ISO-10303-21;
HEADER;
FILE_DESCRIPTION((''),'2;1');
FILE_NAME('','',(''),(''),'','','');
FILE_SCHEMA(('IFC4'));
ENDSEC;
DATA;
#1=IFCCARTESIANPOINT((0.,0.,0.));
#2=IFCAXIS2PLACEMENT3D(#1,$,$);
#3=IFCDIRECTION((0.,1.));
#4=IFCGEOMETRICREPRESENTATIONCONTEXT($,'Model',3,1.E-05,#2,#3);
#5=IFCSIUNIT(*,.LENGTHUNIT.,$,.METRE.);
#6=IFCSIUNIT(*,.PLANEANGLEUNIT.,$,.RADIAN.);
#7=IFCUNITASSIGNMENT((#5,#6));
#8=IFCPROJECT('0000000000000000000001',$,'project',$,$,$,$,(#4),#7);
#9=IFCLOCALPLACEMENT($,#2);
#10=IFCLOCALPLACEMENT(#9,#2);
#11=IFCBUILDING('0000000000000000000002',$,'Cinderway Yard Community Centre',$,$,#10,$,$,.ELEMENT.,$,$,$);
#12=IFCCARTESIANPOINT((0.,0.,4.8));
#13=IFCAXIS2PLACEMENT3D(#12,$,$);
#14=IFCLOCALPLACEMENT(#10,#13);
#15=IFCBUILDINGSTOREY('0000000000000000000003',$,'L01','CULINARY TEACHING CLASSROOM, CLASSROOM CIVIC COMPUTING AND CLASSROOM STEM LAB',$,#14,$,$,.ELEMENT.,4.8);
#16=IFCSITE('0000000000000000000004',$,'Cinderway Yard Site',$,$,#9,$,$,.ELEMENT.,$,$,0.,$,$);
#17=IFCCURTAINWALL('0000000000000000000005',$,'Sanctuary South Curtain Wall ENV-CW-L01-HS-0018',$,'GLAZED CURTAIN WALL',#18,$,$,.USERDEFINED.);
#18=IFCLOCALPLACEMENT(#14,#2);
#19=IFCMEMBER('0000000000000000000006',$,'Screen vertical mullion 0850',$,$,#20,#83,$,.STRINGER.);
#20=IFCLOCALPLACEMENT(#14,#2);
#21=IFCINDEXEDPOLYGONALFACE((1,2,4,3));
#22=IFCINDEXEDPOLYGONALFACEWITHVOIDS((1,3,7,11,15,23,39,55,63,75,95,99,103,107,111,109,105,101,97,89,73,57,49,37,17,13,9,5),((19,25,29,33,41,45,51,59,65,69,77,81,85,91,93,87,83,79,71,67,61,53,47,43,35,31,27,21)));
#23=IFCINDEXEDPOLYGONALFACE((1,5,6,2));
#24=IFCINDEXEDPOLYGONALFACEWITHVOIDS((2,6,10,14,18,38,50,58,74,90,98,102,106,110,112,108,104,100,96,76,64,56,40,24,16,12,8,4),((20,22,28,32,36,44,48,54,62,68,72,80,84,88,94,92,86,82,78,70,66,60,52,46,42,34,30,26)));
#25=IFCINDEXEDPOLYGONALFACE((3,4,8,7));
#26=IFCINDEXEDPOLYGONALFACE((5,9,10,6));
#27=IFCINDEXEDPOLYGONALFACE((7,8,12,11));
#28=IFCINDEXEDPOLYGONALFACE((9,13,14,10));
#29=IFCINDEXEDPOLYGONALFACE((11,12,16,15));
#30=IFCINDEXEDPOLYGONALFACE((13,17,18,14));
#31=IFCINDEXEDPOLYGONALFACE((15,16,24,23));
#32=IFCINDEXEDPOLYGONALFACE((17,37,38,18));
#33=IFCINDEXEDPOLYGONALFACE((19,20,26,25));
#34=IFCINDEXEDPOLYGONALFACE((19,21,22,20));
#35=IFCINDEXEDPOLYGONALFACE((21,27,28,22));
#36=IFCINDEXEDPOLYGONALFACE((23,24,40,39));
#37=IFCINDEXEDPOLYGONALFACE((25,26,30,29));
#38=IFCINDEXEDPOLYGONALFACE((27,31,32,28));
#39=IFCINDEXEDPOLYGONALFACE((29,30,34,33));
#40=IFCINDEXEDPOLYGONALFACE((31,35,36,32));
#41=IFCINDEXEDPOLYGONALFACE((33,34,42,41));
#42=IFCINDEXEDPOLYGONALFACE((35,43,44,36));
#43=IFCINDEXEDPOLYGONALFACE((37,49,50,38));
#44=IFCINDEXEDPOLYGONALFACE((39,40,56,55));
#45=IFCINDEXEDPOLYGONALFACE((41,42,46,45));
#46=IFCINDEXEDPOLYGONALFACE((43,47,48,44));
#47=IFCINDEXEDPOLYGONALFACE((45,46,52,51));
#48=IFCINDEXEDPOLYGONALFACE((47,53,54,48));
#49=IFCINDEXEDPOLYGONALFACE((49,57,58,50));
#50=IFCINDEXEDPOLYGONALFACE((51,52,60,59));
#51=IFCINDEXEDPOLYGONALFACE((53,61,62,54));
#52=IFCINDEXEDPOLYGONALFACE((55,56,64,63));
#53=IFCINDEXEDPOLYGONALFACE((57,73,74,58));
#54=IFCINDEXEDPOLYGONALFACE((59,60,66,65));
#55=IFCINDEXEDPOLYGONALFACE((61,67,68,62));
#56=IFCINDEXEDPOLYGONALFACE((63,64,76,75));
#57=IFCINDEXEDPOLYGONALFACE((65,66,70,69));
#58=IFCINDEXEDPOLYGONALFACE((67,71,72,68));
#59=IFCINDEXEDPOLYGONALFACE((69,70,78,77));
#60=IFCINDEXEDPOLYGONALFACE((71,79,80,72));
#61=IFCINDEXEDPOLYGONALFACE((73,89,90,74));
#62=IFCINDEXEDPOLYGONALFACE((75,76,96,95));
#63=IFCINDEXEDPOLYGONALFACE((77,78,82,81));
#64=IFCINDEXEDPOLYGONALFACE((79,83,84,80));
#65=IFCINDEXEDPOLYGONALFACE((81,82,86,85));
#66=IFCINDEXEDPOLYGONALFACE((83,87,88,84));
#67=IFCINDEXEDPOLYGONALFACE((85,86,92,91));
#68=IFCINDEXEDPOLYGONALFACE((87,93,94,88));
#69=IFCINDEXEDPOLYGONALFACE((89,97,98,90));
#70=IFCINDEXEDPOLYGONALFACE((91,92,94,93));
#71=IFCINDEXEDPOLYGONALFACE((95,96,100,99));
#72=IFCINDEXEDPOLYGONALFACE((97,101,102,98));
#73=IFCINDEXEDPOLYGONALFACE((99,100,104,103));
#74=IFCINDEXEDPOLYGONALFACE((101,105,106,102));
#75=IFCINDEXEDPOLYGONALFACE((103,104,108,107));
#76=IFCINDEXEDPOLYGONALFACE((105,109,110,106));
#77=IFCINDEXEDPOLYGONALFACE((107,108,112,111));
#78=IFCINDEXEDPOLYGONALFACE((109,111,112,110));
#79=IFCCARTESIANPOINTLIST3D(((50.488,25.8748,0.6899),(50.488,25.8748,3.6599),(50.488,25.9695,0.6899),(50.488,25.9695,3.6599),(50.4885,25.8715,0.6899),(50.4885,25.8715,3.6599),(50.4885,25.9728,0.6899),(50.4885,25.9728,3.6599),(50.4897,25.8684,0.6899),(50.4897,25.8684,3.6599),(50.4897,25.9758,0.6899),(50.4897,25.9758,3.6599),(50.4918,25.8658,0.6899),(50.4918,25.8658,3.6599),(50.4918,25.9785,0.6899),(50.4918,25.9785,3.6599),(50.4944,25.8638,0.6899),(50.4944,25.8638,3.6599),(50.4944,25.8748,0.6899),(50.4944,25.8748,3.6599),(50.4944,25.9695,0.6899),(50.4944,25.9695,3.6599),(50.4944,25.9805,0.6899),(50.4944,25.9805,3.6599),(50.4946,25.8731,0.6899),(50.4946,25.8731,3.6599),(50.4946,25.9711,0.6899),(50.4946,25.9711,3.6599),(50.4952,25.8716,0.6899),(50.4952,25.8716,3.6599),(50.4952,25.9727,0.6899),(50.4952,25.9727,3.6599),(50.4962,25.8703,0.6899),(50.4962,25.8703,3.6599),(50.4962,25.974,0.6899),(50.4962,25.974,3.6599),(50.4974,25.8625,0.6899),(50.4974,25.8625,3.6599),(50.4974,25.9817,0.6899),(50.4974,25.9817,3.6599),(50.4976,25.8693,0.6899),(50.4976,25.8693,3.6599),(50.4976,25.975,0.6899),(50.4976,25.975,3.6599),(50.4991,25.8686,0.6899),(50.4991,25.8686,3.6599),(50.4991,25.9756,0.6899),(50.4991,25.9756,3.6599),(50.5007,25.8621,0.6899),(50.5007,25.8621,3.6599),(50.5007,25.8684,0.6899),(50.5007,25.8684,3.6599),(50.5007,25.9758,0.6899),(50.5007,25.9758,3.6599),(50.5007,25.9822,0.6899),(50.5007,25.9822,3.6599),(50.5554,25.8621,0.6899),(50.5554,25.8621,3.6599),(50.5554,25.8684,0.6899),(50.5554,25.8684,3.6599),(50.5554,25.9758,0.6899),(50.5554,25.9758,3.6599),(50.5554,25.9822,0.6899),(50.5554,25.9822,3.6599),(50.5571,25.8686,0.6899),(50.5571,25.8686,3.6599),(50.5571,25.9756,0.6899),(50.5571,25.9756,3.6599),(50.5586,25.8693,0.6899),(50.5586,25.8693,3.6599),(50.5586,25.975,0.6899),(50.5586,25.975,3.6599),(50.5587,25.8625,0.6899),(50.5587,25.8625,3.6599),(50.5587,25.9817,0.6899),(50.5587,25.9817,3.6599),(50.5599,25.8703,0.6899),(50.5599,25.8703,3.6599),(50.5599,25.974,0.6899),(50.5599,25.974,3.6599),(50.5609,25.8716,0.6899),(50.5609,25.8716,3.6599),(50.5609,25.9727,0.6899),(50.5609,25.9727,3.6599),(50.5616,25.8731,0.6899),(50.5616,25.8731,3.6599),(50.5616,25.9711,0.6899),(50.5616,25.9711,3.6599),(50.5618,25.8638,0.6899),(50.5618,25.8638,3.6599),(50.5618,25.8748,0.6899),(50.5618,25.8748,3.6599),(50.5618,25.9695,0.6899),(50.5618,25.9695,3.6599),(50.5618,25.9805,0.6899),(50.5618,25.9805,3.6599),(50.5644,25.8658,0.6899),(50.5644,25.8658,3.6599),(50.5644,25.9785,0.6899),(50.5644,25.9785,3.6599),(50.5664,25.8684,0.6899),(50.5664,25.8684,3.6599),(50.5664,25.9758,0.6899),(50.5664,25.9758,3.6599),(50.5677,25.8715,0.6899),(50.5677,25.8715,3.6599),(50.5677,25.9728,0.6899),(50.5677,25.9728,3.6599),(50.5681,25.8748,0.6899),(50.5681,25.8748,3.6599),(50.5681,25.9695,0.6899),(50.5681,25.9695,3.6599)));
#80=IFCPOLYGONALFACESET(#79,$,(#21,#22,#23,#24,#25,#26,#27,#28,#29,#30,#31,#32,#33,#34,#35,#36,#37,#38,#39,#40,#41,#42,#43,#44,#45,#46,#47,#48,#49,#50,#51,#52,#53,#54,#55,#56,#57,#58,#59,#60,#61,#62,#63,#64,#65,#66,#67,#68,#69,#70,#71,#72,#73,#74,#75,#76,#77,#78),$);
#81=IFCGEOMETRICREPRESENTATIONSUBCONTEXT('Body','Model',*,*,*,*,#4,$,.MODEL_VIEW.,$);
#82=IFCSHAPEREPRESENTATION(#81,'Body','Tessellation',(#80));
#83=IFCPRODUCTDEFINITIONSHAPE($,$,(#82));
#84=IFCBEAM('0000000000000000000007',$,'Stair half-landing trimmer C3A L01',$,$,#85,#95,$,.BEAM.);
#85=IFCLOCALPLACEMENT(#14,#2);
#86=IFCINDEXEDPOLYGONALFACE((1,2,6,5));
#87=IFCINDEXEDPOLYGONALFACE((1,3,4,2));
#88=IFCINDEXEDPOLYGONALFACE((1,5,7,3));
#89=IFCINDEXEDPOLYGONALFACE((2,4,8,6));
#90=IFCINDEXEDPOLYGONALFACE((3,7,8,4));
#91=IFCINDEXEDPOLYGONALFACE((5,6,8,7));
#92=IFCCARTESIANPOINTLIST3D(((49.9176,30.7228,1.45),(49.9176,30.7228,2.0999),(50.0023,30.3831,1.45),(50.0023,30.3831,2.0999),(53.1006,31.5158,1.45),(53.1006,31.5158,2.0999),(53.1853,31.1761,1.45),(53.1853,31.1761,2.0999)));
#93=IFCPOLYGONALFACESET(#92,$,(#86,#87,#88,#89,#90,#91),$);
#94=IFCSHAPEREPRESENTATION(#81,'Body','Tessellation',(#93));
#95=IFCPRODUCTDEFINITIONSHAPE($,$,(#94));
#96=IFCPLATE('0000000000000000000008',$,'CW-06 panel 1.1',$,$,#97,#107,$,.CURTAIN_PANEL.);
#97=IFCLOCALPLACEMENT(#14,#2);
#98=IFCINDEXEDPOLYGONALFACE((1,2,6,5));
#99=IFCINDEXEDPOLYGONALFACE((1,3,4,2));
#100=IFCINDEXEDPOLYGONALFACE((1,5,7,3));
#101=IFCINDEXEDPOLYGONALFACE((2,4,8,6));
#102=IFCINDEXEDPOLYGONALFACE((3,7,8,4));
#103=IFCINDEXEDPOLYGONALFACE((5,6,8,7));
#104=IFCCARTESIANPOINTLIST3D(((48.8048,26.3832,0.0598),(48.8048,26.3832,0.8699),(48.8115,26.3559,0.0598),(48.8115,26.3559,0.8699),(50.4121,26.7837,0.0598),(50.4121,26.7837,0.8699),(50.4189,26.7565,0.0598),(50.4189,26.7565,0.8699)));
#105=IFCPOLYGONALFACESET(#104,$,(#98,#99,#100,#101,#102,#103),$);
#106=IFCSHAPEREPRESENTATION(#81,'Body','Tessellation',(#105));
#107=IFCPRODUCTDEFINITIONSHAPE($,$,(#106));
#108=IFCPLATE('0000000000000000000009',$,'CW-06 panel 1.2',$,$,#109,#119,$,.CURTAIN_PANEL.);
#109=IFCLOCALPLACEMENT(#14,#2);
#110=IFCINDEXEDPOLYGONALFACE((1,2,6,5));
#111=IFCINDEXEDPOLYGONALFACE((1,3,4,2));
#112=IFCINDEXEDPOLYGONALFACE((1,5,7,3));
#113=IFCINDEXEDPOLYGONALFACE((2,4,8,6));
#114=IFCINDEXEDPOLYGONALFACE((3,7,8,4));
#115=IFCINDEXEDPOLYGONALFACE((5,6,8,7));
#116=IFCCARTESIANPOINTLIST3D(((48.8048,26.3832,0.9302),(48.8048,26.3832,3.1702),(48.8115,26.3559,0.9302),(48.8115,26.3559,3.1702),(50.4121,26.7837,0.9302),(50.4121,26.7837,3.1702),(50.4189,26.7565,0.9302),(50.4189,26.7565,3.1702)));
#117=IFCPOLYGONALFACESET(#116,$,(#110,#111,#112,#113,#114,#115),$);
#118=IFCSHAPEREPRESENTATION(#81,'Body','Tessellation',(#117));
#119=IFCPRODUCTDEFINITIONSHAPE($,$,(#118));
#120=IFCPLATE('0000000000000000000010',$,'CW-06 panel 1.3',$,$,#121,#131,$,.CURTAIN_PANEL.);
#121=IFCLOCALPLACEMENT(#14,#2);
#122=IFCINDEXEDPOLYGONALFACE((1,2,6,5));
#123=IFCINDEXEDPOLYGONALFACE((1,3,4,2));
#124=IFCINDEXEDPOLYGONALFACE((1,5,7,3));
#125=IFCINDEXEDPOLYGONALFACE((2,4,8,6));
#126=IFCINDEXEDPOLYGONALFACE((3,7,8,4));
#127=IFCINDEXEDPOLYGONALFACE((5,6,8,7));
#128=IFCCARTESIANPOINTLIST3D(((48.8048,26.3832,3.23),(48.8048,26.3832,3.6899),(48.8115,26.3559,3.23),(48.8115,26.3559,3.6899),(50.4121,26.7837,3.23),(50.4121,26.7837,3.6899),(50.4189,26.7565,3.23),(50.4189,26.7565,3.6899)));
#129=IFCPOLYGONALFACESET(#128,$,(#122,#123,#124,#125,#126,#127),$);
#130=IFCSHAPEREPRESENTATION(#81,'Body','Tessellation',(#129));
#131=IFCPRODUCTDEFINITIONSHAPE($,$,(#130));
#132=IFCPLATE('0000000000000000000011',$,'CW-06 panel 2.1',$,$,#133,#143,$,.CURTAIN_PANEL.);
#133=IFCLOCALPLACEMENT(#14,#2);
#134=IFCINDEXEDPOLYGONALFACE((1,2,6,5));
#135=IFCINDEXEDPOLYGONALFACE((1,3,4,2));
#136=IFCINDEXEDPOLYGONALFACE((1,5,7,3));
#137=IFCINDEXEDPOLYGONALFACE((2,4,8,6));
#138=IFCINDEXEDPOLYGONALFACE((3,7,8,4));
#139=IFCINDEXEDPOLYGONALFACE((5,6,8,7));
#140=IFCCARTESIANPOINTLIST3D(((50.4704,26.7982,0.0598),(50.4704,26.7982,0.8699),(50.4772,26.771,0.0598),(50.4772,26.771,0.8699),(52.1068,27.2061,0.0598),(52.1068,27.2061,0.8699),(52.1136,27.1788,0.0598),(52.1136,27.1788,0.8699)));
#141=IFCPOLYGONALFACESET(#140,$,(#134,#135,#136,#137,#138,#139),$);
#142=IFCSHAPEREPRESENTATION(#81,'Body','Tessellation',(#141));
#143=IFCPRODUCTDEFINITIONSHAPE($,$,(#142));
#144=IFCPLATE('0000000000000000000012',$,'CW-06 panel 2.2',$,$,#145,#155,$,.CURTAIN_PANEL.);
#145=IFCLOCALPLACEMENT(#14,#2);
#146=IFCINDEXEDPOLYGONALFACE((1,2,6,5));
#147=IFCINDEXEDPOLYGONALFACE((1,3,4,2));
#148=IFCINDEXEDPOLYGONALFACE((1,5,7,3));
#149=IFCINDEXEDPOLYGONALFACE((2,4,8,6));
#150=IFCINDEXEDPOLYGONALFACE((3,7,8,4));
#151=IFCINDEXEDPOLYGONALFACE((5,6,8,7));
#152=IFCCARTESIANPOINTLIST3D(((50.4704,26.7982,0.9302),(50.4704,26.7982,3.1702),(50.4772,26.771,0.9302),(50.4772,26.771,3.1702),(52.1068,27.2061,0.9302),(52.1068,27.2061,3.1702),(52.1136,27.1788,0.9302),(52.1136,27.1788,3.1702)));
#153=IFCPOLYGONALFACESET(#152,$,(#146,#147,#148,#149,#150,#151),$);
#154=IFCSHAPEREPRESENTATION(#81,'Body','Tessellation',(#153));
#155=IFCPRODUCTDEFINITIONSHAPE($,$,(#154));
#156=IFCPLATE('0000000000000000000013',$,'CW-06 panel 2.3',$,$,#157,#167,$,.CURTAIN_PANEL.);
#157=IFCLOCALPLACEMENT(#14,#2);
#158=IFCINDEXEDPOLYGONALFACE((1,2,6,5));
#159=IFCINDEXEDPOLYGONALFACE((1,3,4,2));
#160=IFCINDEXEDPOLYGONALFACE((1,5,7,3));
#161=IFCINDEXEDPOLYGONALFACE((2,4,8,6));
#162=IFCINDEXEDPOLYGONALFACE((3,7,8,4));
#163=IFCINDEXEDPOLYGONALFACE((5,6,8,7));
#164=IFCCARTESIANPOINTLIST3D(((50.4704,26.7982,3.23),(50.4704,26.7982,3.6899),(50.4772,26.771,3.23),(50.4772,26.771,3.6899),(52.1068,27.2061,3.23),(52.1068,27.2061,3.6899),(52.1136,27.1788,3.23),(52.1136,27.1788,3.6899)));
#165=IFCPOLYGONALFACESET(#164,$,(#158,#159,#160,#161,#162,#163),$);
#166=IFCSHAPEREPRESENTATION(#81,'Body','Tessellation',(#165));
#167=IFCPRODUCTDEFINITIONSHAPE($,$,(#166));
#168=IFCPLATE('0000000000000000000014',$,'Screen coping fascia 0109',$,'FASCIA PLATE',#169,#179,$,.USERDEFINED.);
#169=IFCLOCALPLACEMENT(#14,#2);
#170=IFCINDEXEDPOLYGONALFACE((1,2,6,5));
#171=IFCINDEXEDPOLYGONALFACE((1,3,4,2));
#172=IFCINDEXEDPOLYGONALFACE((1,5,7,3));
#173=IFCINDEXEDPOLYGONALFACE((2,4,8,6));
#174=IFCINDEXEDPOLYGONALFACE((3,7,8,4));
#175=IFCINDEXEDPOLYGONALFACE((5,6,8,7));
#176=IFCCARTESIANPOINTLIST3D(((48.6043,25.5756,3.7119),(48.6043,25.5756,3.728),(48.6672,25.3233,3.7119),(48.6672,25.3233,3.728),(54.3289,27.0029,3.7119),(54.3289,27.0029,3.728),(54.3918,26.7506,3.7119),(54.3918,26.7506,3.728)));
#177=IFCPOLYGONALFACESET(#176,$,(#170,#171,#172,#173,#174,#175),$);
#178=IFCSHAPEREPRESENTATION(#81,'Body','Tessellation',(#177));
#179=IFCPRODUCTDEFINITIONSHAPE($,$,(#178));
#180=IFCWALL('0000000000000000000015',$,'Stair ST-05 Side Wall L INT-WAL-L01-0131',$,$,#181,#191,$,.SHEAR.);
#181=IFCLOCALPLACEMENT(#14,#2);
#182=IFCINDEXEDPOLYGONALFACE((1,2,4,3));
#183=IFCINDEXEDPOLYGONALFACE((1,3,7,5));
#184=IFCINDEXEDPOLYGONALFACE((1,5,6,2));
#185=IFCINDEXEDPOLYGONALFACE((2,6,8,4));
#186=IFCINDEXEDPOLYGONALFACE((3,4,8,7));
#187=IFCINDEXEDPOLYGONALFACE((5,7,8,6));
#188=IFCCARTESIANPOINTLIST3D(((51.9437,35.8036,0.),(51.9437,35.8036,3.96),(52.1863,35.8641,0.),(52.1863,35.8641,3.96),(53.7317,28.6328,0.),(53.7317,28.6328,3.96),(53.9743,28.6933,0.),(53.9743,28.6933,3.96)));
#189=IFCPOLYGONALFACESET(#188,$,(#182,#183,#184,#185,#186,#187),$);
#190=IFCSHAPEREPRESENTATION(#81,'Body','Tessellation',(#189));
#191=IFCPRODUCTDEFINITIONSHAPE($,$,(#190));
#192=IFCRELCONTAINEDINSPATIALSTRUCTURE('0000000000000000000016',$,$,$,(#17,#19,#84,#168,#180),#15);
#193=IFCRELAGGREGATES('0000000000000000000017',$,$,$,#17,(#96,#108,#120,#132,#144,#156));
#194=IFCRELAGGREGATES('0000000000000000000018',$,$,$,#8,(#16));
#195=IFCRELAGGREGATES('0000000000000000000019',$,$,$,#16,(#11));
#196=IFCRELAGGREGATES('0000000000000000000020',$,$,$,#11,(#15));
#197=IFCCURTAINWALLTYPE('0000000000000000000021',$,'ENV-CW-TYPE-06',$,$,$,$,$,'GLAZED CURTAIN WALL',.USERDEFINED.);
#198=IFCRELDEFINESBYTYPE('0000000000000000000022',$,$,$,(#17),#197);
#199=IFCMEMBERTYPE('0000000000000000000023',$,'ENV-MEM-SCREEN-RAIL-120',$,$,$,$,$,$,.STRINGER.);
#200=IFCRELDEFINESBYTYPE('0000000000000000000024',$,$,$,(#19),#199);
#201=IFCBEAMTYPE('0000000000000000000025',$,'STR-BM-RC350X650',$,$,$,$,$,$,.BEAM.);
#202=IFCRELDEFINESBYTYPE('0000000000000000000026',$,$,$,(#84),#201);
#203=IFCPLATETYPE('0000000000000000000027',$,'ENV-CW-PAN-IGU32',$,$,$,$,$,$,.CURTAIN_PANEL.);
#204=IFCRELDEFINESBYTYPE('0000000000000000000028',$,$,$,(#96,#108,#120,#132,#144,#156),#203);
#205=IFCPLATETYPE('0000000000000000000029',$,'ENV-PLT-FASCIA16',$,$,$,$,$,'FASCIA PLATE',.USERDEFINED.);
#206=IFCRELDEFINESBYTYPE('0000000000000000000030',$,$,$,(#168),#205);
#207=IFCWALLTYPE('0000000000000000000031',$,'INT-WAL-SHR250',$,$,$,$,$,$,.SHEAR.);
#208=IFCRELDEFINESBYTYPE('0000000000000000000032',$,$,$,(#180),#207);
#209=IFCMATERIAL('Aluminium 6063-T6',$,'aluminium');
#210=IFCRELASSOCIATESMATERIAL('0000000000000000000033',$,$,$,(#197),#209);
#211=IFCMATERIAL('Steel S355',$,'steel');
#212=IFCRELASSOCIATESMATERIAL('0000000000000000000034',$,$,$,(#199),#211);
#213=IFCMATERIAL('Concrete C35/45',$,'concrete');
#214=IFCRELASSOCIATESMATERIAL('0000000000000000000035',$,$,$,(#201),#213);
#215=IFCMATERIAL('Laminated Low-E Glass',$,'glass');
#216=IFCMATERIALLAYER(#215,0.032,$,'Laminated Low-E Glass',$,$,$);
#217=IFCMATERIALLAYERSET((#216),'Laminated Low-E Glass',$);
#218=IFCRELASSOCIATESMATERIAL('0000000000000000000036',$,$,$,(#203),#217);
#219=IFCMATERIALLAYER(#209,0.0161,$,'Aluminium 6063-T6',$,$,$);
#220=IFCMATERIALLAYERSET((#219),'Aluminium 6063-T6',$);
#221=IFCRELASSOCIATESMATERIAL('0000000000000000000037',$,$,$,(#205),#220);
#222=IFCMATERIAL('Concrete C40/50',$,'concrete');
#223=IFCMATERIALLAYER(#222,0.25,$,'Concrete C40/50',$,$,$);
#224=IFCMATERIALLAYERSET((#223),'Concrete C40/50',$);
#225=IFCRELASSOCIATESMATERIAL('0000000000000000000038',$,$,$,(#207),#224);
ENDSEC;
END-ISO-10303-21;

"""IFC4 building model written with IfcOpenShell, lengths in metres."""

from ifc_helpers import new_model, si_unit, direction, frame, frame_2d, origin, origin_2d, place, context, subcontext, project, spatial, rectangle, hollow_rectangle, extrude, material, layer, layer_set, material_profile, profile_set, type_object, element, aggregate, save


model = new_model("IFC4")

# Units and contexts
model_context = context("Model", 3, precision=1e-05, world=origin(), true_north=direction((0.0, 1.0)))
body_context = subcontext(model_context, "Body", "Model", "MODEL_VIEW")
ifc_project = project(units=[si_unit("LENGTHUNIT", "METRE"), si_unit("PLANEANGLEUNIT", "RADIAN")], contexts=[model_context])

# Site, building, storey
site_placement = place(None, origin())
site = spatial("IfcSite", under=ifc_project, at=site_placement, Name="Cinderway Yard Site", CompositionType="ELEMENT", RefElevation=0.0)
building_placement = place(site_placement, origin())
building = spatial("IfcBuilding", under=site, at=building_placement, Name="Cinderway Yard Community Centre", CompositionType="ELEMENT")
storey_placement = place(building_placement, frame((0.0, 0.0, 4.8)))
storey = spatial("IfcBuildingStorey", under=building, at=storey_placement, Name="L01", Description="CULINARY TEACHING CLASSROOM, CLASSROOM CIVIC COMPUTING AND CLASSROOM STEM LAB", CompositionType="ELEMENT", Elevation=4.8)

# Curtain wall
ifc_material_1 = material(Name="Aluminium 6063-T6", Category="aluminium")
curtain_wall_type = type_object("IfcCurtainWallType", Name="ENV-CW-TYPE-06", ElementType="GLAZED CURTAIN WALL", PredefinedType="USERDEFINED", material=ifc_material_1)
curtain_wall_placement = place(storey_placement, origin())
curtain_wall = element("IfcCurtainWall", 1, at=curtain_wall_placement, inside=storey, type_object=curtain_wall_type, Name="Sanctuary South Curtain Wall ENV-CW-L01-HS-0018", ObjectType="GLAZED CURTAIN WALL", PredefinedType="USERDEFINED")

# Member
ifc_material_2 = material(Name="Steel S355", Category="steel")
ifc_material_profile_1 = material_profile(ifc_material_2, hollow_rectangle(XDim=0.0801, YDim=0.1201, WallThickness=0.0063, InnerFilletRadius=0.0063, OuterFilletRadius=0.0127, at=origin_2d()), Name="Steel S355")
ifc_profile_set_1 = profile_set([ifc_material_profile_1], Name="Steel S355")
member_type_1 = type_object("IfcMemberType", Name="ENV-MEM-SCREEN-RAIL-120", PredefinedType="STRINGER", material=ifc_profile_set_1)
member_1_placement = place(storey_placement, frame((50.5281, 25.9221, 0.6899), z_axis=(0.0, 0.0, 1.0), x_axis=(1.0, 0.0, 0.0)))
element("IfcMember", 2, at=member_1_placement, inside=storey, type_object=member_type_1, Name="Screen vertical mullion 0850", PredefinedType="STRINGER", context=body_context, shape_type="SweptSolid", body=[
    extrude(hollow_rectangle(XDim=0.0801, YDim=0.1201, WallThickness=0.0063, InnerFilletRadius=0.0063, OuterFilletRadius=0.0127, at=origin_2d()), origin(), (0.0, 0.0, 1.0), 2.97),
])

# Beam
ifc_material_3 = material(Name="Concrete C35/45", Category="concrete")
ifc_material_profile_2 = material_profile(ifc_material_3, rectangle(XDim=0.3501, YDim=0.6499, at=origin_2d()), Name="Concrete C35/45")
ifc_profile_set_2 = profile_set([ifc_material_profile_2], Name="Concrete C35/45")
beam_type = type_object("IfcBeamType", Name="STR-BM-RC350X650", PredefinedType="BEAM", material=ifc_profile_set_2)
beam_placement = place(storey_placement, frame((49.96, 30.553, 1.7749), z_axis=(0.970344, 0.24173, 0.0), x_axis=(-0.24173, 0.970344, 0.0)))
element("IfcBeam", 3, at=beam_placement, inside=storey, type_object=beam_type, Name="Stair half-landing trimmer C3A L01", PredefinedType="BEAM", context=body_context, shape_type="SweptSolid", body=[
    extrude(rectangle(XDim=0.3501, YDim=0.6499, at=origin_2d()), origin(), (0.0, 0.0, 1.0), 3.2803),
])

# Plates
ifc_material_4 = material(Name="Laminated Low-E Glass", Category="glass")
ifc_layer_1 = layer(ifc_material_4, 0.032, Name="Laminated Low-E Glass")
ifc_layer_set_1 = layer_set([ifc_layer_1], Name="Laminated Low-E Glass")
plate_type_1 = type_object("IfcPlateType", Name="ENV-CW-PAN-IGU32", PredefinedType="CURTAIN_PANEL", material=ifc_layer_set_1)
plate_1_placement = place(storey_placement, frame((49.6118, 26.5698, 0.0598), z_axis=(0.0, 0.0, 1.0), x_axis=(0.970322, 0.241817, 0.0)))
plate_1 = element("IfcPlate", 4, at=plate_1_placement, type_object=plate_type_1, Name="CW-06 panel 1.1", PredefinedType="CURTAIN_PANEL", context=body_context, shape_type="SweptSolid", body=[
    extrude(rectangle(XDim=1.6565, YDim=0.0281, at=origin_2d()), origin(), (0.0, 0.0, 1.0), 0.8101),
])
plate_2_placement = place(storey_placement, frame((49.6118, 26.5698, 0.9302), z_axis=(0.0, 0.0, 1.0), x_axis=(0.970322, 0.241817, 0.0)))
plate_2 = element("IfcPlate", 5, at=plate_2_placement, type_object=plate_type_1, Name="CW-06 panel 1.2", PredefinedType="CURTAIN_PANEL", context=body_context, shape_type="SweptSolid", body=[
    extrude(rectangle(XDim=1.6565, YDim=0.0281, at=origin_2d()), origin(), (0.0, 0.0, 1.0), 2.24),
])
plate_3_placement = place(storey_placement, frame((49.6118, 26.5698, 3.23), z_axis=(0.0, 0.0, 1.0), x_axis=(0.970322, 0.241817, 0.0)))
plate_3 = element("IfcPlate", 6, at=plate_3_placement, type_object=plate_type_1, Name="CW-06 panel 1.3", PredefinedType="CURTAIN_PANEL", context=body_context, shape_type="SweptSolid", body=[
    extrude(rectangle(XDim=1.6565, YDim=0.0281, at=origin_2d()), origin(), (0.0, 0.0, 1.0), 0.46),
])
plate_4_placement = place(storey_placement, frame((51.292, 26.9885, 0.0598), z_axis=(0.0, 0.0, 1.0), x_axis=(0.970322, 0.241817, 0.0)))
plate_4 = element("IfcPlate", 7, at=plate_4_placement, type_object=plate_type_1, Name="CW-06 panel 2.1", PredefinedType="CURTAIN_PANEL", context=body_context, shape_type="SweptSolid", body=[
    extrude(rectangle(XDim=1.6865, YDim=0.0281, at=origin_2d()), origin(), (0.0, 0.0, 1.0), 0.8101),
])
plate_5_placement = place(storey_placement, frame((51.292, 26.9885, 0.9302), z_axis=(0.0, 0.0, 1.0), x_axis=(0.970322, 0.241817, 0.0)))
plate_5 = element("IfcPlate", 8, at=plate_5_placement, type_object=plate_type_1, Name="CW-06 panel 2.2", PredefinedType="CURTAIN_PANEL", context=body_context, shape_type="SweptSolid", body=[
    extrude(rectangle(XDim=1.6865, YDim=0.0281, at=origin_2d()), origin(), (0.0, 0.0, 1.0), 2.24),
])
plate_6_placement = place(storey_placement, frame((51.292, 26.9885, 3.23), z_axis=(0.0, 0.0, 1.0), x_axis=(0.970322, 0.241817, 0.0)))
plate_6 = element("IfcPlate", 9, at=plate_6_placement, type_object=plate_type_1, Name="CW-06 panel 2.3", PredefinedType="CURTAIN_PANEL", context=body_context, shape_type="SweptSolid", body=[
    extrude(rectangle(XDim=1.6865, YDim=0.0281, at=origin_2d()), origin(), (0.0, 0.0, 1.0), 0.46),
])
aggregate(curtain_wall, [plate_1, plate_2, plate_3, plate_4, plate_5, plate_6])
ifc_layer_2 = layer(ifc_material_1, 0.0161, Name="Aluminium 6063-T6")
ifc_layer_set_2 = layer_set([ifc_layer_2], Name="Aluminium 6063-T6")
plate_type_2 = type_object("IfcPlateType", Name="ENV-PLT-FASCIA16", ElementType="FASCIA PLATE", PredefinedType="USERDEFINED", material=ifc_layer_set_2)
plate_7_placement = place(storey_placement, frame((51.498, 26.1631, 3.7119), z_axis=(0.0, 0.0, 1.0), x_axis=(-0.970296, -0.241922, 0.0)))
element("IfcPlate", 10, at=plate_7_placement, inside=storey, type_object=plate_type_2, Name="Screen coping fascia 0109", ObjectType="FASCIA PLATE", PredefinedType="USERDEFINED", context=body_context, shape_type="SweptSolid", body=[
    extrude(rectangle(XDim=5.8999, YDim=0.26, at=origin_2d()), origin(), (0.0, 0.0, 1.0), 0.0161),
])

# Shared definitions
ifc_material_5 = material(Name="Concrete C40/50", Category="concrete")
ifc_layer_3 = layer(ifc_material_5, 0.25, Name="Concrete C40/50")
ifc_layer_set_3 = layer_set([ifc_layer_3], Name="Concrete C40/50")
wall_type = type_object("IfcWallType", Name="INT-WAL-SHR250", PredefinedType="SHEAR", material=ifc_layer_set_3)

# Wall
wall_1_placement = place(storey_placement, frame((52.0649, 35.834, 0.0), z_axis=(0.0, 0.0, 1.0), x_axis=(0.241945, -0.97029, 0.0)))
element("IfcWall", 11, at=wall_1_placement, inside=storey, type_object=wall_type, Name="Stair ST-05 Side Wall L INT-WAL-L01-0131", PredefinedType="SHEAR", context=body_context, shape_type="SweptSolid", body=[
    extrude(rectangle(XDim=7.3904, YDim=0.25, at=frame_2d((3.6953, 0.0))), origin(), (0.0, 0.0, 1.0), 3.96),
])

save(model, "model.ifc")
